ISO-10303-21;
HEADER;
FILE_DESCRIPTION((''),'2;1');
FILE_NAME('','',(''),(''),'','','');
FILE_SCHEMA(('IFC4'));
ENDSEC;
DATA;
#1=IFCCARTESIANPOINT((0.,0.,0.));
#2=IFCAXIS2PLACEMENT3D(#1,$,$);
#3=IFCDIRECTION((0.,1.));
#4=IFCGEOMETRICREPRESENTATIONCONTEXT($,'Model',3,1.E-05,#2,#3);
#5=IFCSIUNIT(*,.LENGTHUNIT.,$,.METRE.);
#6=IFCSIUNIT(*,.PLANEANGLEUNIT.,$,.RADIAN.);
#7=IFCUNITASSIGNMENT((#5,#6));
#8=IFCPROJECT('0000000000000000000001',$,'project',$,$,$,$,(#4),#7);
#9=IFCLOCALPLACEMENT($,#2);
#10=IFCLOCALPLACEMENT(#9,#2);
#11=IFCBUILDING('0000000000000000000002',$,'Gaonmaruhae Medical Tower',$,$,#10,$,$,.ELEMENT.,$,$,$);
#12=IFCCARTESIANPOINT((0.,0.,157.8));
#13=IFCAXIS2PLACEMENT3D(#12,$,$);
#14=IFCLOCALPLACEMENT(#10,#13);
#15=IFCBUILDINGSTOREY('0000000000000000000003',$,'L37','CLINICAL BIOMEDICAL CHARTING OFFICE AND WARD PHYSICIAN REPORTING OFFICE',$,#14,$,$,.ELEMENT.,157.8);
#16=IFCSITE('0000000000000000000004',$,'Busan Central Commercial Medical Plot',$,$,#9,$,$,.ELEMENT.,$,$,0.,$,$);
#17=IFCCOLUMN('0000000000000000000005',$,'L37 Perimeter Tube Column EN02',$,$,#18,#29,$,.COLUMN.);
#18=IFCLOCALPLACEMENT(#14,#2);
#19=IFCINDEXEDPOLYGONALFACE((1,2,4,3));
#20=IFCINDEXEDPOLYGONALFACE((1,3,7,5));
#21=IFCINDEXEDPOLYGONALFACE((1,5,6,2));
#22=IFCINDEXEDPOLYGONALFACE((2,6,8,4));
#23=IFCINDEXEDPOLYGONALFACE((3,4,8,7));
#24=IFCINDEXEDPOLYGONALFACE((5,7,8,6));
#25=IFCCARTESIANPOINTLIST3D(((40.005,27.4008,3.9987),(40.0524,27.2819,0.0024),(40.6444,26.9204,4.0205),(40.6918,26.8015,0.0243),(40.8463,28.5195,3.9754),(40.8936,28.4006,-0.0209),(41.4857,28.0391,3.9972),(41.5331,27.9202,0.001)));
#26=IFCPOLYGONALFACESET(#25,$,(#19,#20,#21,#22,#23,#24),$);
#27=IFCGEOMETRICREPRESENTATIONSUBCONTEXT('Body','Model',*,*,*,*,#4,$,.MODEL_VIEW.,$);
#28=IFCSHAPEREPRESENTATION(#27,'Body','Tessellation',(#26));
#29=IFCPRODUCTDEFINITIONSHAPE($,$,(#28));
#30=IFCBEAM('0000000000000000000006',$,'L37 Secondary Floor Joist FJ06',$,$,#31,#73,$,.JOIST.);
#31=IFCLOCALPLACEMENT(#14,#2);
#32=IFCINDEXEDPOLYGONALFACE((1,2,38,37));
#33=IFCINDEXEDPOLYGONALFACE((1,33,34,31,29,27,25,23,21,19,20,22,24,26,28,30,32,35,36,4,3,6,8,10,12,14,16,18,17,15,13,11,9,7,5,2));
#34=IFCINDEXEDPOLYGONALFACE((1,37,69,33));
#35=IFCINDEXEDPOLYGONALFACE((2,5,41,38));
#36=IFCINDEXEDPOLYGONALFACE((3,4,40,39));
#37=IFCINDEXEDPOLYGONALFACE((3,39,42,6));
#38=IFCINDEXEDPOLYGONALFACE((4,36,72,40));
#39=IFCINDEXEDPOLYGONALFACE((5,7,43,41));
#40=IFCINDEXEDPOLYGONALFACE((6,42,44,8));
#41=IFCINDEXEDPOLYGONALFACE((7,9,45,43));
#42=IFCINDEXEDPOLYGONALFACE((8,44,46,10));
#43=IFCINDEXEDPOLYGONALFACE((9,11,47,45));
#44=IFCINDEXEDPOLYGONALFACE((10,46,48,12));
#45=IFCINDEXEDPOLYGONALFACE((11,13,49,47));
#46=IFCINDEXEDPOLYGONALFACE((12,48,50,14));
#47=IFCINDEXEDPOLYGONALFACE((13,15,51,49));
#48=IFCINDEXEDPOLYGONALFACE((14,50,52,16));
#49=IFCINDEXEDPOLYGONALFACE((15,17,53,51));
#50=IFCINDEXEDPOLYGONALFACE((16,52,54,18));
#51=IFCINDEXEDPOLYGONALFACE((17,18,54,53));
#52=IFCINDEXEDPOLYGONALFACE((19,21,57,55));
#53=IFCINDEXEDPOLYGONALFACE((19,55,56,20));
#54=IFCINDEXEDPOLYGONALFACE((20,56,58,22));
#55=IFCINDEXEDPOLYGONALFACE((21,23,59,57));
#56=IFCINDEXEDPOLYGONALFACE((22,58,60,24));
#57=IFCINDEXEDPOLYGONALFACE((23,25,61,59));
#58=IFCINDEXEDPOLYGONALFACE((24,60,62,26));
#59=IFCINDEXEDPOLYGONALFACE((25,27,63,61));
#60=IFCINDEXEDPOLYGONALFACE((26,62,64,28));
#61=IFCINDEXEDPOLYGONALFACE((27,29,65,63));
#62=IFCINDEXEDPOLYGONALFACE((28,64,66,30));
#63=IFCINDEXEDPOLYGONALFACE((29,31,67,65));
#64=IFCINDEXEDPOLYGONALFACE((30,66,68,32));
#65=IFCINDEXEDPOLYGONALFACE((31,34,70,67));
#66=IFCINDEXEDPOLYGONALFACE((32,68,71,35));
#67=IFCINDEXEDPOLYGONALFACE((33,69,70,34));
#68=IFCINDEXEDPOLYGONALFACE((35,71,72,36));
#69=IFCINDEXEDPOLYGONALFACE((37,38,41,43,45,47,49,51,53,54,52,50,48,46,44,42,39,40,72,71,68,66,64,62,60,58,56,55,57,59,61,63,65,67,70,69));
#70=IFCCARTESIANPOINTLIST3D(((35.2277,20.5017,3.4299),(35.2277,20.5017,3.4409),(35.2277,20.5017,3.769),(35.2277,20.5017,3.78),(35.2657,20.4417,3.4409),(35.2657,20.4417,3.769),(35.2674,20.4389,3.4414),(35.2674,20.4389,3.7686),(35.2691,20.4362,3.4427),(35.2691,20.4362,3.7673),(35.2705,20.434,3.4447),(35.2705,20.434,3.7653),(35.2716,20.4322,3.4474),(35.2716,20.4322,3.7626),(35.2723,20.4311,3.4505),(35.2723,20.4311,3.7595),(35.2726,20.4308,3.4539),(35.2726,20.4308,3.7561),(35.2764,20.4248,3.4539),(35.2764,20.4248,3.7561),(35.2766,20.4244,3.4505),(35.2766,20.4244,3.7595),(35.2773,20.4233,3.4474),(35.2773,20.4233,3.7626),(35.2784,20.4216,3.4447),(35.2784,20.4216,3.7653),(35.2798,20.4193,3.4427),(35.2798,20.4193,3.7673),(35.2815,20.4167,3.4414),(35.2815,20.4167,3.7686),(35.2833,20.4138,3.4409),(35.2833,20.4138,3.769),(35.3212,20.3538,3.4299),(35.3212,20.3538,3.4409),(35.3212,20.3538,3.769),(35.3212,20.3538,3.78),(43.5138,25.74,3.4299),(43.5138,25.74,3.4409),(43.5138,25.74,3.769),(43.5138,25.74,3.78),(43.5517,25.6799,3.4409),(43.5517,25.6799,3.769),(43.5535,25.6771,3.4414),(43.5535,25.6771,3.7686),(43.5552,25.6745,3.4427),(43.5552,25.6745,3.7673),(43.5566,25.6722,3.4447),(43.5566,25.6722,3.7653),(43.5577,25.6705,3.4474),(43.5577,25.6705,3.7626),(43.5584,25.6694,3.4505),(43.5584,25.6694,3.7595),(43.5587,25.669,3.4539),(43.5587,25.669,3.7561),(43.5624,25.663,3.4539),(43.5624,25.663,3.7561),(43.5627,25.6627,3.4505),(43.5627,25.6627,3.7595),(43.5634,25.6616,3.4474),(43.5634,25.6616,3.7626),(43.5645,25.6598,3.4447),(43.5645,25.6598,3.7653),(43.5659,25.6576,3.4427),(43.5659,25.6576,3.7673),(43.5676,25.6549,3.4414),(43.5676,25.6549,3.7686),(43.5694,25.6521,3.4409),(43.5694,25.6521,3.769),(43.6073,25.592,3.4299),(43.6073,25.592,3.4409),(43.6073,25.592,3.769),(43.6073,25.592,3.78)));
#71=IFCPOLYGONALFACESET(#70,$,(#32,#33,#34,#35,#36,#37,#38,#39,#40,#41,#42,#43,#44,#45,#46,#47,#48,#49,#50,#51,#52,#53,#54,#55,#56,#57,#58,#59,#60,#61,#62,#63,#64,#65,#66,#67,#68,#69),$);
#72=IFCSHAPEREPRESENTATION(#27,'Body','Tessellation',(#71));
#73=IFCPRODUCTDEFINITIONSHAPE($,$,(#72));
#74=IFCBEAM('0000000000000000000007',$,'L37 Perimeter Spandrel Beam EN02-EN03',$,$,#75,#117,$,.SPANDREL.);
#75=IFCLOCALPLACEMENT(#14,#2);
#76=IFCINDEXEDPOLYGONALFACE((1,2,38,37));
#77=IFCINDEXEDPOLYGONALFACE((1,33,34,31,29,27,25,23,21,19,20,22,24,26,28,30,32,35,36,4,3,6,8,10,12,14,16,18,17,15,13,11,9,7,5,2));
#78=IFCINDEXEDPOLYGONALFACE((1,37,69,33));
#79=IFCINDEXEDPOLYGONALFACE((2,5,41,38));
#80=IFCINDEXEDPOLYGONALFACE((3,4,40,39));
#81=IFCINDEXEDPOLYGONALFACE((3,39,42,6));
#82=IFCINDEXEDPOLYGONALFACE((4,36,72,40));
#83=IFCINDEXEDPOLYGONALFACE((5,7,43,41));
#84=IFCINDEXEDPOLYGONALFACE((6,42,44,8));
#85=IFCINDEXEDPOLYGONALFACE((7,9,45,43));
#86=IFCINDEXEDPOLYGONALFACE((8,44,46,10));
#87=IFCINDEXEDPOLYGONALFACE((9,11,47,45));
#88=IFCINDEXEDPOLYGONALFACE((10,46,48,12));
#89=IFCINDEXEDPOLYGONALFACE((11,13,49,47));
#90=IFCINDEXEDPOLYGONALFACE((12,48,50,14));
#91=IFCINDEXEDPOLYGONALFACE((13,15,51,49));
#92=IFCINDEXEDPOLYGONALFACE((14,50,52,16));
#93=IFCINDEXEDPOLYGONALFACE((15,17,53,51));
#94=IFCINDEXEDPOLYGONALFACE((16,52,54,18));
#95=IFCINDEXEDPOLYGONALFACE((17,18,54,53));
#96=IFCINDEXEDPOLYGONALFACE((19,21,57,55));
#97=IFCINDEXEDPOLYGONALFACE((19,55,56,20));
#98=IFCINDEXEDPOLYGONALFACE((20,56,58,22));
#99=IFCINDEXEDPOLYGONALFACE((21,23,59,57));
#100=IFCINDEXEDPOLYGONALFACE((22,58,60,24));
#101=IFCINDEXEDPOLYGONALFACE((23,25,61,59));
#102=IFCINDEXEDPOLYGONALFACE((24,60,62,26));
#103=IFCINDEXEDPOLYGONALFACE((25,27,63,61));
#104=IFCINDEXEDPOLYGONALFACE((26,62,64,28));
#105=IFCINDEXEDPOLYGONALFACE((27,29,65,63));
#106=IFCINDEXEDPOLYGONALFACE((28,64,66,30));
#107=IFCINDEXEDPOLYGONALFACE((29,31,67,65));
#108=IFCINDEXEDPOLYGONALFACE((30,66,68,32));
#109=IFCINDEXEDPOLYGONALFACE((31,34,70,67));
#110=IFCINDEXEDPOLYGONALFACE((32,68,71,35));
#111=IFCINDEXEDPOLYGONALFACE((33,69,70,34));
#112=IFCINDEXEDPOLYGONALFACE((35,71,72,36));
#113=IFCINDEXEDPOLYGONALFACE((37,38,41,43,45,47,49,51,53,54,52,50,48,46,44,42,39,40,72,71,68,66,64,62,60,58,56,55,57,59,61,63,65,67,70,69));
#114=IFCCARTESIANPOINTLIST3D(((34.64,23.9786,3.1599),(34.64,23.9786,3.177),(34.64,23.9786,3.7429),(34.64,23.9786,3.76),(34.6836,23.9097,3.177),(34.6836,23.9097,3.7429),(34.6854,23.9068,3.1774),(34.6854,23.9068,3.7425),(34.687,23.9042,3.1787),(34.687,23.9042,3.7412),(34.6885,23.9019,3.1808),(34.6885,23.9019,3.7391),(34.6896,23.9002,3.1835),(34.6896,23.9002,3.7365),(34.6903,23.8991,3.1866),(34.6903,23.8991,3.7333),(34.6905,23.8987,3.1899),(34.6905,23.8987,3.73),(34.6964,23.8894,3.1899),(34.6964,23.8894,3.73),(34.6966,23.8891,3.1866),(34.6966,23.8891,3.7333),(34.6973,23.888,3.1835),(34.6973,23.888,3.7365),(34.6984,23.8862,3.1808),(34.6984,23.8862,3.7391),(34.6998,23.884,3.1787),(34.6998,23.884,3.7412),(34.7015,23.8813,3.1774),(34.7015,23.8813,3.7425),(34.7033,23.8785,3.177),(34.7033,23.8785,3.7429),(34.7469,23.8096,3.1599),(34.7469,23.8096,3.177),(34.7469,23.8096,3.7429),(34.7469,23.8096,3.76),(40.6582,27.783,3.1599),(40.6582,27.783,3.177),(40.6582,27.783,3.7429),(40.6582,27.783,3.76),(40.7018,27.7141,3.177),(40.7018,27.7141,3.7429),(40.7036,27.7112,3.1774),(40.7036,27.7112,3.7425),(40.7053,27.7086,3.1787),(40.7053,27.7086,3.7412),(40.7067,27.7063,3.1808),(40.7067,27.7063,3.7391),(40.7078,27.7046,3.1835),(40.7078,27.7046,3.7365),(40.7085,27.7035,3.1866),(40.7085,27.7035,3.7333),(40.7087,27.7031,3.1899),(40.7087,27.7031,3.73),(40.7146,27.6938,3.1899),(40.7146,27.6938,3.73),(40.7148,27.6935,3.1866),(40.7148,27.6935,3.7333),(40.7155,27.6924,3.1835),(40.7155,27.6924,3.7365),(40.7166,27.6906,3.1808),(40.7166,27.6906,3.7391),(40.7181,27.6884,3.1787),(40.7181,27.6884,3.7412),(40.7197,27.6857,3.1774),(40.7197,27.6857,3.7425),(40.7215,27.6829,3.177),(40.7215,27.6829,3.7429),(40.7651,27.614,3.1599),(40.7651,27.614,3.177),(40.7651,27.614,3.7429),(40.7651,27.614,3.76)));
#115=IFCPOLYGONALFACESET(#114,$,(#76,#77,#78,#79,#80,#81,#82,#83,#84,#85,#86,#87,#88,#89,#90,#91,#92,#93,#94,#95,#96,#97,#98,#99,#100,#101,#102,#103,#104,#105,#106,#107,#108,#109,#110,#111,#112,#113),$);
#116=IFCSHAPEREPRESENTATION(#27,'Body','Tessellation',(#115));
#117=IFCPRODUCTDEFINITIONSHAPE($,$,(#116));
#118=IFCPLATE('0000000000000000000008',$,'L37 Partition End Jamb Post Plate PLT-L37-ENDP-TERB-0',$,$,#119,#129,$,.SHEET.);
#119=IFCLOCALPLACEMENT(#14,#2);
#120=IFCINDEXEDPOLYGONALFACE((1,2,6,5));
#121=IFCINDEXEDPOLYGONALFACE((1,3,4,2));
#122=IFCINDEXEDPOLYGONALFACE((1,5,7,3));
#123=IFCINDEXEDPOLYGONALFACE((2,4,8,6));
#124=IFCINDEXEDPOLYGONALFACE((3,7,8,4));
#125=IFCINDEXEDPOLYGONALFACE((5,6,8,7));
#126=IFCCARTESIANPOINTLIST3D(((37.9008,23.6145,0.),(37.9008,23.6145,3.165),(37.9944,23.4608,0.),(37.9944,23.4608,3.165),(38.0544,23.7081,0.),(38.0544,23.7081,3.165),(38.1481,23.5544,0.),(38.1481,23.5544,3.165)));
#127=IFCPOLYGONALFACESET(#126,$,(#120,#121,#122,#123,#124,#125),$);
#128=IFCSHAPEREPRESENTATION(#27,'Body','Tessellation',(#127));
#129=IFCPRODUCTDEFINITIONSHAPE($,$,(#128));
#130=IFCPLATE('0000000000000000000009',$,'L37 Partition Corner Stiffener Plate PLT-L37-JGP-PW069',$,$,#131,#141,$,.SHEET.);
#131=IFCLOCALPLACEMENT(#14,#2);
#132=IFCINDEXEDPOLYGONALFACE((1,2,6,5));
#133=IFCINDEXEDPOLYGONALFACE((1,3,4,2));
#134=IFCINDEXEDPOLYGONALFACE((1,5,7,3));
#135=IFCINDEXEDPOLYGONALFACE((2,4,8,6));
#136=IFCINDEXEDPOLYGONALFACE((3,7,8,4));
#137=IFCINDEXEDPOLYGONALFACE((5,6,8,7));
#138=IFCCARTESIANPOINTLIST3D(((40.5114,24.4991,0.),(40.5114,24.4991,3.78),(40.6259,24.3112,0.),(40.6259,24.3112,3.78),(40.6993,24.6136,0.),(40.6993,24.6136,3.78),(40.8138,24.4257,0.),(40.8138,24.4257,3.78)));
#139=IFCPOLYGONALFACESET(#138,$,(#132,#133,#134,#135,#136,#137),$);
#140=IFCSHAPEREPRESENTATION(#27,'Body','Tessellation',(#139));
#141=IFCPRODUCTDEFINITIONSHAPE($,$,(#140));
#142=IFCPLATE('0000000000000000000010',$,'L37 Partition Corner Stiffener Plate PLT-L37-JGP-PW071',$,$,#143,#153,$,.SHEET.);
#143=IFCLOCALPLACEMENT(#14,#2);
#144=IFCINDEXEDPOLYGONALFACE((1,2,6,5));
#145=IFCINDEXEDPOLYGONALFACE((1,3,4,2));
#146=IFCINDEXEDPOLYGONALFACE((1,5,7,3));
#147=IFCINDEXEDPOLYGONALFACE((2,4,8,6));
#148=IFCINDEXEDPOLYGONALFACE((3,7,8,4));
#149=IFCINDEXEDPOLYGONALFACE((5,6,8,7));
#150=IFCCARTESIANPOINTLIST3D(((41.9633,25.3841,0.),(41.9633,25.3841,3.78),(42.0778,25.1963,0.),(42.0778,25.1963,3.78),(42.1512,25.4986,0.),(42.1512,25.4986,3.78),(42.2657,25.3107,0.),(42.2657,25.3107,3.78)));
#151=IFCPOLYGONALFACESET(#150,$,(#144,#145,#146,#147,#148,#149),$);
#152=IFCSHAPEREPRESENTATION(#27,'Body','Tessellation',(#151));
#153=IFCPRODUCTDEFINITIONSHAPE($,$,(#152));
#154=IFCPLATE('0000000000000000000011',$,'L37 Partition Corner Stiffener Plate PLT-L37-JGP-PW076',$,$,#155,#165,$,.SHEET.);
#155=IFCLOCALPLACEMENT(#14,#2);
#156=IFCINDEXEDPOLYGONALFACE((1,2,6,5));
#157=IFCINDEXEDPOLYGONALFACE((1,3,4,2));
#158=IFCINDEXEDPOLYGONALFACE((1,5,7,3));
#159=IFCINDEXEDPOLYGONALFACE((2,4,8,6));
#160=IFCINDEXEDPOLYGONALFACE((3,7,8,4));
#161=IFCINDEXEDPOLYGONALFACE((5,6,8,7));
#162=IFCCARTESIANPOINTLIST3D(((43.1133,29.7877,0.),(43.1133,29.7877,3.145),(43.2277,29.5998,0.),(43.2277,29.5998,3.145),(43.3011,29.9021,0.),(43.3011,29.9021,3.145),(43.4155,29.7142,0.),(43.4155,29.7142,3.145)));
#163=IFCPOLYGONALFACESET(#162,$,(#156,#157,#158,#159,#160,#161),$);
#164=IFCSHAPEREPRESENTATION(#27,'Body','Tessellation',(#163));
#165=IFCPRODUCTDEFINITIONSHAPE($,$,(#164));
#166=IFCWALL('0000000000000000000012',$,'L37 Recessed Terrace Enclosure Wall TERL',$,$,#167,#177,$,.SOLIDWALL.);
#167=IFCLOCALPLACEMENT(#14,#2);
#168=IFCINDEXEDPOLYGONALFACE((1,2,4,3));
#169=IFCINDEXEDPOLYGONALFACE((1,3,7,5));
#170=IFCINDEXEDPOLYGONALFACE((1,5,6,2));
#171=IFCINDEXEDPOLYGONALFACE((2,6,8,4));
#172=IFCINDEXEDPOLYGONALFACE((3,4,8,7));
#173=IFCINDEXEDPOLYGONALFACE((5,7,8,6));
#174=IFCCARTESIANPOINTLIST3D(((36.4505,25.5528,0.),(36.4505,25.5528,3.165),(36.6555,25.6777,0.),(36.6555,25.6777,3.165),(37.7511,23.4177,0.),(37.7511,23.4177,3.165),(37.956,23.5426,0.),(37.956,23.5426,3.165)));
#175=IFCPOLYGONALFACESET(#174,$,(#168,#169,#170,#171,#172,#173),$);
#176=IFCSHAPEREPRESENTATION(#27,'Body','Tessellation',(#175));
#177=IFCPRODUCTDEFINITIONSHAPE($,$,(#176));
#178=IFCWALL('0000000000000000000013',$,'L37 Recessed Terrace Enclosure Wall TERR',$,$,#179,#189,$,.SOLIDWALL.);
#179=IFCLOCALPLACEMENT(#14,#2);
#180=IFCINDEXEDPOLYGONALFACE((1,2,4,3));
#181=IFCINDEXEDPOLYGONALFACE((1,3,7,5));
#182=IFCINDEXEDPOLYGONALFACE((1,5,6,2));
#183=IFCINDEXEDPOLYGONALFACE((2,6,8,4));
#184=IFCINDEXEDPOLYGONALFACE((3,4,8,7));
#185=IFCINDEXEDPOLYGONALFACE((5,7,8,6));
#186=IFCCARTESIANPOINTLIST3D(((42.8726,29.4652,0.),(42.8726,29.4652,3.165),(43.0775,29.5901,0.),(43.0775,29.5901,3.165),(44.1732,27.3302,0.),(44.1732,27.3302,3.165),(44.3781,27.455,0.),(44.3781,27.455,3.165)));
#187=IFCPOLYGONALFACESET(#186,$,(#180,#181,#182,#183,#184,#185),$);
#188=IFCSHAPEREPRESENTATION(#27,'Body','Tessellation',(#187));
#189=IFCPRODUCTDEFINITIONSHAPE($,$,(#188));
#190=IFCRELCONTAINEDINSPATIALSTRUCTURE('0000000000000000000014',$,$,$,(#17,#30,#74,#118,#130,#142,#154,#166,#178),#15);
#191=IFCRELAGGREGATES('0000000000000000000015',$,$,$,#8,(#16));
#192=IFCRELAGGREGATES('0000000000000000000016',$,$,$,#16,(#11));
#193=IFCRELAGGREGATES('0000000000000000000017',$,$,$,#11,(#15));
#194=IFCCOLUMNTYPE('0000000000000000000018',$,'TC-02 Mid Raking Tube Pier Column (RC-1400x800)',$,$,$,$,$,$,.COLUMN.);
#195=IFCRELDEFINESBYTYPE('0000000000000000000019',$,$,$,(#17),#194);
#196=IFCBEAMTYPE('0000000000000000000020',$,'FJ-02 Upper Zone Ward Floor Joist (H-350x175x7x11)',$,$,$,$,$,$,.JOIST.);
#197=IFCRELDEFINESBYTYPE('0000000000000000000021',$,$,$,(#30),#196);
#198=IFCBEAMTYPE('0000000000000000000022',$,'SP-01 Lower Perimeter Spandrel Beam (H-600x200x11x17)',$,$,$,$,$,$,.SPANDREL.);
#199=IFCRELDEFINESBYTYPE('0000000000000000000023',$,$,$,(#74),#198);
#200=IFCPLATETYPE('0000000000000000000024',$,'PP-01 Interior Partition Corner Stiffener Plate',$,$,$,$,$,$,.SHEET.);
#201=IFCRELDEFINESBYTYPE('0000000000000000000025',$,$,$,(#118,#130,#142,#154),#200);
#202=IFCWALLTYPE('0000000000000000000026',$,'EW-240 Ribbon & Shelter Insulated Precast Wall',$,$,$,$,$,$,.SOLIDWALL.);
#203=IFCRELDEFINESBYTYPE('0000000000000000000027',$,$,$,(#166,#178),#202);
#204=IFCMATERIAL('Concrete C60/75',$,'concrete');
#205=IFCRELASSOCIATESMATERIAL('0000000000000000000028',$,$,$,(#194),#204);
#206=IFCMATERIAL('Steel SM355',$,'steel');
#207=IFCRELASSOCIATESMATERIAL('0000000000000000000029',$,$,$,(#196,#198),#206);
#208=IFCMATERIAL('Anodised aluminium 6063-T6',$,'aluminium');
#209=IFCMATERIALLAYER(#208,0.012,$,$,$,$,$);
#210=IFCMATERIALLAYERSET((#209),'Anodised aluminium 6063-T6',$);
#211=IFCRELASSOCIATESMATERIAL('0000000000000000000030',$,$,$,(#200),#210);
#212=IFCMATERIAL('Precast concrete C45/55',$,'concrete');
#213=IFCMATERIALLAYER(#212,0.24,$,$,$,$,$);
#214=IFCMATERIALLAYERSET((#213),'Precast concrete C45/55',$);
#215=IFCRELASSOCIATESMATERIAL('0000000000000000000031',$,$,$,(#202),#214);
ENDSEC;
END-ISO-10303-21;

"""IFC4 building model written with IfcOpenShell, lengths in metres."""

from ifc_helpers import new_model, si_unit, direction, frame, frame_2d, origin, origin_2d, place, context, subcontext, project, spatial, rectangle, i_section, extrude, material, layer, layer_set, material_profile, profile_set, type_object, element, save


model = new_model("IFC4")

# Units and contexts
model_context = context("Model", 3, precision=1e-05, world=origin(), true_north=direction((0.0, 1.0)))
body_context = subcontext(model_context, "Body", "Model", "MODEL_VIEW")
ifc_project = project(units=[si_unit("LENGTHUNIT", "METRE"), si_unit("PLANEANGLEUNIT", "RADIAN")], contexts=[model_context])

# Site, building, storey
site_placement = place(None, origin())
site = spatial("IfcSite", under=ifc_project, at=site_placement, Name="Busan Central Commercial Medical Plot", CompositionType="ELEMENT", RefElevation=0.0)
building_placement = place(site_placement, origin())
building = spatial("IfcBuilding", under=site, at=building_placement, Name="Gaonmaruhae Medical Tower", CompositionType="ELEMENT")
storey_placement = place(building_placement, frame((0.0, 0.0, 157.8)))
storey = spatial("IfcBuildingStorey", under=building, at=storey_placement, Name="L37", Description="CLINICAL BIOMEDICAL CHARTING OFFICE AND WARD PHYSICIAN REPORTING OFFICE", CompositionType="ELEMENT", Elevation=157.8)

# Column
ifc_material_1 = material(Name="Concrete C60/75", Category="concrete")
ifc_material_profile_1 = material_profile(ifc_material_1, rectangle(XDim=1.3999, YDim=0.8, at=origin_2d()), Name="RC-1400x800")
ifc_profile_set_1 = profile_set([ifc_material_profile_1], Name="Concrete C60/75")
column_type = type_object("IfcColumnType", Name="TC-02 Mid Raking Tube Pier Column (RC-1400x800)", PredefinedType="COLUMN", material=ifc_profile_set_1)
column_placement = place(storey_placement, frame((40.7927, 27.6011, 0.0017), z_axis=(-0.011846, 0.029736, 0.999488), x_axis=(-0.600934, -0.799125, 0.016653)))
element("IfcColumn", 1, at=column_placement, inside=storey, type_object=column_type, Name="L37 Perimeter Tube Column EN02", PredefinedType="COLUMN", context=body_context, shape_type="SweptSolid", body=[
    extrude(rectangle(XDim=1.3999, YDim=0.8, at=origin_2d()), origin(), (0.0, 0.0, 1.0), 3.9983),
])

# Beams
ifc_material_2 = material(Name="Steel SM355", Category="steel")
ifc_material_profile_2 = material_profile(ifc_material_2, i_section(OverallWidth=0.175, OverallDepth=0.3501, WebThickness=0.0071, FlangeThickness=0.011, FilletRadius=0.0129, at=origin_2d()), Name="H-350x175x7x11")
ifc_profile_set_2 = profile_set([ifc_material_profile_2], Name="Steel SM355")
beam_type_1 = type_object("IfcBeamType", Name="FJ-02 Upper Zone Ward Floor Joist (H-350x175x7x11)", PredefinedType="JOIST", material=ifc_profile_set_2)
beam_1_placement = place(storey_placement, frame((43.5605, 25.666, 3.605), z_axis=(-0.845262, -0.534353, 0.0), x_axis=(0.534353, -0.845262, 0.0)))
element("IfcBeam", 2, at=beam_1_placement, inside=storey, type_object=beam_type_1, Name="L37 Secondary Floor Joist FJ06", PredefinedType="JOIST", context=body_context, shape_type="SweptSolid", body=[
    extrude(i_section(OverallWidth=0.175, OverallDepth=0.3501, WebThickness=0.0071, FlangeThickness=0.011, FilletRadius=0.0129, at=origin_2d()), origin(), (0.0, 0.0, 1.0), 9.803),
])
ifc_material_profile_3 = material_profile(ifc_material_2, i_section(OverallWidth=0.2, OverallDepth=0.6001, WebThickness=0.011, FlangeThickness=0.0171, FilletRadius=0.0129, at=origin_2d()), Name="H-600x200x11x17")
ifc_profile_set_3 = profile_set([ifc_material_profile_3], Name="Steel SM355")
beam_type_2 = type_object("IfcBeamType", Name="SP-01 Lower Perimeter Spandrel Beam (H-600x200x11x17)", PredefinedType="SPANDREL", material=ifc_profile_set_3)
beam_2_placement = place(storey_placement, frame((40.7117, 27.6985, 3.46), z_axis=(-0.845273, -0.534335, 0.0), x_axis=(0.534335, -0.845273, 0.0)))
element("IfcBeam", 3, at=beam_2_placement, inside=storey, type_object=beam_type_2, Name="L37 Perimeter Spandrel Beam EN02-EN03", PredefinedType="SPANDREL", context=body_context, shape_type="SweptSolid", body=[
    extrude(i_section(OverallWidth=0.2, OverallDepth=0.6001, WebThickness=0.011, FlangeThickness=0.0171, FilletRadius=0.0129, at=origin_2d()), origin(), (0.0, 0.0, 1.0), 7.1199),
])

# Plates
ifc_material_3 = material(Name="Anodised aluminium 6063-T6", Category="aluminium")
ifc_layer_1 = layer(ifc_material_3, 0.012)
ifc_layer_set_1 = layer_set([ifc_layer_1], Name="Anodised aluminium 6063-T6")
plate_type = type_object("IfcPlateType", Name="PP-01 Interior Partition Corner Stiffener Plate", PredefinedType="SHEET", material=ifc_layer_set_1)
plate_1_placement = place(storey_placement, frame((38.0244, 23.5845, 0.0), z_axis=(0.0, 0.0, 1.0), x_axis=(0.854005, 0.520265, 0.0)))
element("IfcPlate", 4, at=plate_1_placement, inside=storey, type_object=plate_type, Name="L37 Partition End Jamb Post Plate PLT-L37-ENDP-TERB-0", PredefinedType="SHEET", context=body_context, shape_type="SweptSolid", body=[
    extrude(rectangle(XDim=0.1799, YDim=0.1799, at=origin_2d()), origin(), (0.0, 0.0, 1.0), 3.165),
])
for number, where, z_axis, x_axis, name in (
    (5, (40.6626, 24.4624, 0.0), (0.0, 0.0, 1.0), (0.520339, -0.85396, 0.0), "L37 Partition Corner Stiffener Plate PLT-L37-JGP-PW069"),
    (6, (42.1145, 25.3474, 0.0), (0.0, 0.0, 1.0), (-0.520339, 0.85396, 0.0), "L37 Partition Corner Stiffener Plate PLT-L37-JGP-PW071"),
):
    element("IfcPlate", number, at=place(storey_placement, frame(where, z_axis=z_axis, x_axis=x_axis)), inside=storey, type_object=plate_type, Name=name, PredefinedType="SHEET", context=body_context, shape_type="SweptSolid", body=[
        extrude(rectangle(XDim=0.22, YDim=0.22, at=origin_2d()), origin(), (0.0, 0.0, 1.0), 3.78),
    ])
plate_2_placement = place(storey_placement, frame((43.2644, 29.751, 0.0), z_axis=(0.0, 0.0, 1.0), x_axis=(0.854132, 0.520056, 0.0)))
element("IfcPlate", 7, at=plate_2_placement, inside=storey, type_object=plate_type, Name="L37 Partition Corner Stiffener Plate PLT-L37-JGP-PW076", PredefinedType="SHEET", context=body_context, shape_type="SweptSolid", body=[
    extrude(rectangle(XDim=0.22, YDim=0.22, at=origin_2d()), origin(), (0.0, 0.0, 1.0), 3.145),
])

# Shared definitions
ifc_material_4 = material(Name="Precast concrete C45/55", Category="concrete")
ifc_layer_2 = layer(ifc_material_4, 0.24)
ifc_layer_set_2 = layer_set([ifc_layer_2], Name="Precast concrete C45/55")
wall_type_1 = type_object("IfcWallType", Name="EW-240 Ribbon & Shelter Insulated Precast Wall", PredefinedType="SOLIDWALL", material=ifc_layer_set_2)

# Walls
for number, where, z_axis, x_axis, name in (
    (8, (36.553, 25.6152, 0.0), (0.0, 0.0, 1.0), (0.520229, -0.854027, 0.0), "L37 Recessed Terrace Enclosure Wall TERL"),
    (9, (44.2756, 27.3926, 0.0), (0.0, 0.0, 1.0), (-0.520229, 0.854027, 0.0), "L37 Recessed Terrace Enclosure Wall TERR"),
):
    element("IfcWall", number, at=place(storey_placement, frame(where, z_axis=z_axis, x_axis=x_axis)), inside=storey, type_object=wall_type_1, Name=name, PredefinedType="SOLIDWALL", context=body_context, shape_type="SweptSolid", body=[
        extrude(rectangle(XDim=2.5, YDim=0.24, at=frame_2d((1.25, 0.0))), origin(), (0.0, 0.0, 1.0), 3.165),
    ])

save(model, "model.ifc")
